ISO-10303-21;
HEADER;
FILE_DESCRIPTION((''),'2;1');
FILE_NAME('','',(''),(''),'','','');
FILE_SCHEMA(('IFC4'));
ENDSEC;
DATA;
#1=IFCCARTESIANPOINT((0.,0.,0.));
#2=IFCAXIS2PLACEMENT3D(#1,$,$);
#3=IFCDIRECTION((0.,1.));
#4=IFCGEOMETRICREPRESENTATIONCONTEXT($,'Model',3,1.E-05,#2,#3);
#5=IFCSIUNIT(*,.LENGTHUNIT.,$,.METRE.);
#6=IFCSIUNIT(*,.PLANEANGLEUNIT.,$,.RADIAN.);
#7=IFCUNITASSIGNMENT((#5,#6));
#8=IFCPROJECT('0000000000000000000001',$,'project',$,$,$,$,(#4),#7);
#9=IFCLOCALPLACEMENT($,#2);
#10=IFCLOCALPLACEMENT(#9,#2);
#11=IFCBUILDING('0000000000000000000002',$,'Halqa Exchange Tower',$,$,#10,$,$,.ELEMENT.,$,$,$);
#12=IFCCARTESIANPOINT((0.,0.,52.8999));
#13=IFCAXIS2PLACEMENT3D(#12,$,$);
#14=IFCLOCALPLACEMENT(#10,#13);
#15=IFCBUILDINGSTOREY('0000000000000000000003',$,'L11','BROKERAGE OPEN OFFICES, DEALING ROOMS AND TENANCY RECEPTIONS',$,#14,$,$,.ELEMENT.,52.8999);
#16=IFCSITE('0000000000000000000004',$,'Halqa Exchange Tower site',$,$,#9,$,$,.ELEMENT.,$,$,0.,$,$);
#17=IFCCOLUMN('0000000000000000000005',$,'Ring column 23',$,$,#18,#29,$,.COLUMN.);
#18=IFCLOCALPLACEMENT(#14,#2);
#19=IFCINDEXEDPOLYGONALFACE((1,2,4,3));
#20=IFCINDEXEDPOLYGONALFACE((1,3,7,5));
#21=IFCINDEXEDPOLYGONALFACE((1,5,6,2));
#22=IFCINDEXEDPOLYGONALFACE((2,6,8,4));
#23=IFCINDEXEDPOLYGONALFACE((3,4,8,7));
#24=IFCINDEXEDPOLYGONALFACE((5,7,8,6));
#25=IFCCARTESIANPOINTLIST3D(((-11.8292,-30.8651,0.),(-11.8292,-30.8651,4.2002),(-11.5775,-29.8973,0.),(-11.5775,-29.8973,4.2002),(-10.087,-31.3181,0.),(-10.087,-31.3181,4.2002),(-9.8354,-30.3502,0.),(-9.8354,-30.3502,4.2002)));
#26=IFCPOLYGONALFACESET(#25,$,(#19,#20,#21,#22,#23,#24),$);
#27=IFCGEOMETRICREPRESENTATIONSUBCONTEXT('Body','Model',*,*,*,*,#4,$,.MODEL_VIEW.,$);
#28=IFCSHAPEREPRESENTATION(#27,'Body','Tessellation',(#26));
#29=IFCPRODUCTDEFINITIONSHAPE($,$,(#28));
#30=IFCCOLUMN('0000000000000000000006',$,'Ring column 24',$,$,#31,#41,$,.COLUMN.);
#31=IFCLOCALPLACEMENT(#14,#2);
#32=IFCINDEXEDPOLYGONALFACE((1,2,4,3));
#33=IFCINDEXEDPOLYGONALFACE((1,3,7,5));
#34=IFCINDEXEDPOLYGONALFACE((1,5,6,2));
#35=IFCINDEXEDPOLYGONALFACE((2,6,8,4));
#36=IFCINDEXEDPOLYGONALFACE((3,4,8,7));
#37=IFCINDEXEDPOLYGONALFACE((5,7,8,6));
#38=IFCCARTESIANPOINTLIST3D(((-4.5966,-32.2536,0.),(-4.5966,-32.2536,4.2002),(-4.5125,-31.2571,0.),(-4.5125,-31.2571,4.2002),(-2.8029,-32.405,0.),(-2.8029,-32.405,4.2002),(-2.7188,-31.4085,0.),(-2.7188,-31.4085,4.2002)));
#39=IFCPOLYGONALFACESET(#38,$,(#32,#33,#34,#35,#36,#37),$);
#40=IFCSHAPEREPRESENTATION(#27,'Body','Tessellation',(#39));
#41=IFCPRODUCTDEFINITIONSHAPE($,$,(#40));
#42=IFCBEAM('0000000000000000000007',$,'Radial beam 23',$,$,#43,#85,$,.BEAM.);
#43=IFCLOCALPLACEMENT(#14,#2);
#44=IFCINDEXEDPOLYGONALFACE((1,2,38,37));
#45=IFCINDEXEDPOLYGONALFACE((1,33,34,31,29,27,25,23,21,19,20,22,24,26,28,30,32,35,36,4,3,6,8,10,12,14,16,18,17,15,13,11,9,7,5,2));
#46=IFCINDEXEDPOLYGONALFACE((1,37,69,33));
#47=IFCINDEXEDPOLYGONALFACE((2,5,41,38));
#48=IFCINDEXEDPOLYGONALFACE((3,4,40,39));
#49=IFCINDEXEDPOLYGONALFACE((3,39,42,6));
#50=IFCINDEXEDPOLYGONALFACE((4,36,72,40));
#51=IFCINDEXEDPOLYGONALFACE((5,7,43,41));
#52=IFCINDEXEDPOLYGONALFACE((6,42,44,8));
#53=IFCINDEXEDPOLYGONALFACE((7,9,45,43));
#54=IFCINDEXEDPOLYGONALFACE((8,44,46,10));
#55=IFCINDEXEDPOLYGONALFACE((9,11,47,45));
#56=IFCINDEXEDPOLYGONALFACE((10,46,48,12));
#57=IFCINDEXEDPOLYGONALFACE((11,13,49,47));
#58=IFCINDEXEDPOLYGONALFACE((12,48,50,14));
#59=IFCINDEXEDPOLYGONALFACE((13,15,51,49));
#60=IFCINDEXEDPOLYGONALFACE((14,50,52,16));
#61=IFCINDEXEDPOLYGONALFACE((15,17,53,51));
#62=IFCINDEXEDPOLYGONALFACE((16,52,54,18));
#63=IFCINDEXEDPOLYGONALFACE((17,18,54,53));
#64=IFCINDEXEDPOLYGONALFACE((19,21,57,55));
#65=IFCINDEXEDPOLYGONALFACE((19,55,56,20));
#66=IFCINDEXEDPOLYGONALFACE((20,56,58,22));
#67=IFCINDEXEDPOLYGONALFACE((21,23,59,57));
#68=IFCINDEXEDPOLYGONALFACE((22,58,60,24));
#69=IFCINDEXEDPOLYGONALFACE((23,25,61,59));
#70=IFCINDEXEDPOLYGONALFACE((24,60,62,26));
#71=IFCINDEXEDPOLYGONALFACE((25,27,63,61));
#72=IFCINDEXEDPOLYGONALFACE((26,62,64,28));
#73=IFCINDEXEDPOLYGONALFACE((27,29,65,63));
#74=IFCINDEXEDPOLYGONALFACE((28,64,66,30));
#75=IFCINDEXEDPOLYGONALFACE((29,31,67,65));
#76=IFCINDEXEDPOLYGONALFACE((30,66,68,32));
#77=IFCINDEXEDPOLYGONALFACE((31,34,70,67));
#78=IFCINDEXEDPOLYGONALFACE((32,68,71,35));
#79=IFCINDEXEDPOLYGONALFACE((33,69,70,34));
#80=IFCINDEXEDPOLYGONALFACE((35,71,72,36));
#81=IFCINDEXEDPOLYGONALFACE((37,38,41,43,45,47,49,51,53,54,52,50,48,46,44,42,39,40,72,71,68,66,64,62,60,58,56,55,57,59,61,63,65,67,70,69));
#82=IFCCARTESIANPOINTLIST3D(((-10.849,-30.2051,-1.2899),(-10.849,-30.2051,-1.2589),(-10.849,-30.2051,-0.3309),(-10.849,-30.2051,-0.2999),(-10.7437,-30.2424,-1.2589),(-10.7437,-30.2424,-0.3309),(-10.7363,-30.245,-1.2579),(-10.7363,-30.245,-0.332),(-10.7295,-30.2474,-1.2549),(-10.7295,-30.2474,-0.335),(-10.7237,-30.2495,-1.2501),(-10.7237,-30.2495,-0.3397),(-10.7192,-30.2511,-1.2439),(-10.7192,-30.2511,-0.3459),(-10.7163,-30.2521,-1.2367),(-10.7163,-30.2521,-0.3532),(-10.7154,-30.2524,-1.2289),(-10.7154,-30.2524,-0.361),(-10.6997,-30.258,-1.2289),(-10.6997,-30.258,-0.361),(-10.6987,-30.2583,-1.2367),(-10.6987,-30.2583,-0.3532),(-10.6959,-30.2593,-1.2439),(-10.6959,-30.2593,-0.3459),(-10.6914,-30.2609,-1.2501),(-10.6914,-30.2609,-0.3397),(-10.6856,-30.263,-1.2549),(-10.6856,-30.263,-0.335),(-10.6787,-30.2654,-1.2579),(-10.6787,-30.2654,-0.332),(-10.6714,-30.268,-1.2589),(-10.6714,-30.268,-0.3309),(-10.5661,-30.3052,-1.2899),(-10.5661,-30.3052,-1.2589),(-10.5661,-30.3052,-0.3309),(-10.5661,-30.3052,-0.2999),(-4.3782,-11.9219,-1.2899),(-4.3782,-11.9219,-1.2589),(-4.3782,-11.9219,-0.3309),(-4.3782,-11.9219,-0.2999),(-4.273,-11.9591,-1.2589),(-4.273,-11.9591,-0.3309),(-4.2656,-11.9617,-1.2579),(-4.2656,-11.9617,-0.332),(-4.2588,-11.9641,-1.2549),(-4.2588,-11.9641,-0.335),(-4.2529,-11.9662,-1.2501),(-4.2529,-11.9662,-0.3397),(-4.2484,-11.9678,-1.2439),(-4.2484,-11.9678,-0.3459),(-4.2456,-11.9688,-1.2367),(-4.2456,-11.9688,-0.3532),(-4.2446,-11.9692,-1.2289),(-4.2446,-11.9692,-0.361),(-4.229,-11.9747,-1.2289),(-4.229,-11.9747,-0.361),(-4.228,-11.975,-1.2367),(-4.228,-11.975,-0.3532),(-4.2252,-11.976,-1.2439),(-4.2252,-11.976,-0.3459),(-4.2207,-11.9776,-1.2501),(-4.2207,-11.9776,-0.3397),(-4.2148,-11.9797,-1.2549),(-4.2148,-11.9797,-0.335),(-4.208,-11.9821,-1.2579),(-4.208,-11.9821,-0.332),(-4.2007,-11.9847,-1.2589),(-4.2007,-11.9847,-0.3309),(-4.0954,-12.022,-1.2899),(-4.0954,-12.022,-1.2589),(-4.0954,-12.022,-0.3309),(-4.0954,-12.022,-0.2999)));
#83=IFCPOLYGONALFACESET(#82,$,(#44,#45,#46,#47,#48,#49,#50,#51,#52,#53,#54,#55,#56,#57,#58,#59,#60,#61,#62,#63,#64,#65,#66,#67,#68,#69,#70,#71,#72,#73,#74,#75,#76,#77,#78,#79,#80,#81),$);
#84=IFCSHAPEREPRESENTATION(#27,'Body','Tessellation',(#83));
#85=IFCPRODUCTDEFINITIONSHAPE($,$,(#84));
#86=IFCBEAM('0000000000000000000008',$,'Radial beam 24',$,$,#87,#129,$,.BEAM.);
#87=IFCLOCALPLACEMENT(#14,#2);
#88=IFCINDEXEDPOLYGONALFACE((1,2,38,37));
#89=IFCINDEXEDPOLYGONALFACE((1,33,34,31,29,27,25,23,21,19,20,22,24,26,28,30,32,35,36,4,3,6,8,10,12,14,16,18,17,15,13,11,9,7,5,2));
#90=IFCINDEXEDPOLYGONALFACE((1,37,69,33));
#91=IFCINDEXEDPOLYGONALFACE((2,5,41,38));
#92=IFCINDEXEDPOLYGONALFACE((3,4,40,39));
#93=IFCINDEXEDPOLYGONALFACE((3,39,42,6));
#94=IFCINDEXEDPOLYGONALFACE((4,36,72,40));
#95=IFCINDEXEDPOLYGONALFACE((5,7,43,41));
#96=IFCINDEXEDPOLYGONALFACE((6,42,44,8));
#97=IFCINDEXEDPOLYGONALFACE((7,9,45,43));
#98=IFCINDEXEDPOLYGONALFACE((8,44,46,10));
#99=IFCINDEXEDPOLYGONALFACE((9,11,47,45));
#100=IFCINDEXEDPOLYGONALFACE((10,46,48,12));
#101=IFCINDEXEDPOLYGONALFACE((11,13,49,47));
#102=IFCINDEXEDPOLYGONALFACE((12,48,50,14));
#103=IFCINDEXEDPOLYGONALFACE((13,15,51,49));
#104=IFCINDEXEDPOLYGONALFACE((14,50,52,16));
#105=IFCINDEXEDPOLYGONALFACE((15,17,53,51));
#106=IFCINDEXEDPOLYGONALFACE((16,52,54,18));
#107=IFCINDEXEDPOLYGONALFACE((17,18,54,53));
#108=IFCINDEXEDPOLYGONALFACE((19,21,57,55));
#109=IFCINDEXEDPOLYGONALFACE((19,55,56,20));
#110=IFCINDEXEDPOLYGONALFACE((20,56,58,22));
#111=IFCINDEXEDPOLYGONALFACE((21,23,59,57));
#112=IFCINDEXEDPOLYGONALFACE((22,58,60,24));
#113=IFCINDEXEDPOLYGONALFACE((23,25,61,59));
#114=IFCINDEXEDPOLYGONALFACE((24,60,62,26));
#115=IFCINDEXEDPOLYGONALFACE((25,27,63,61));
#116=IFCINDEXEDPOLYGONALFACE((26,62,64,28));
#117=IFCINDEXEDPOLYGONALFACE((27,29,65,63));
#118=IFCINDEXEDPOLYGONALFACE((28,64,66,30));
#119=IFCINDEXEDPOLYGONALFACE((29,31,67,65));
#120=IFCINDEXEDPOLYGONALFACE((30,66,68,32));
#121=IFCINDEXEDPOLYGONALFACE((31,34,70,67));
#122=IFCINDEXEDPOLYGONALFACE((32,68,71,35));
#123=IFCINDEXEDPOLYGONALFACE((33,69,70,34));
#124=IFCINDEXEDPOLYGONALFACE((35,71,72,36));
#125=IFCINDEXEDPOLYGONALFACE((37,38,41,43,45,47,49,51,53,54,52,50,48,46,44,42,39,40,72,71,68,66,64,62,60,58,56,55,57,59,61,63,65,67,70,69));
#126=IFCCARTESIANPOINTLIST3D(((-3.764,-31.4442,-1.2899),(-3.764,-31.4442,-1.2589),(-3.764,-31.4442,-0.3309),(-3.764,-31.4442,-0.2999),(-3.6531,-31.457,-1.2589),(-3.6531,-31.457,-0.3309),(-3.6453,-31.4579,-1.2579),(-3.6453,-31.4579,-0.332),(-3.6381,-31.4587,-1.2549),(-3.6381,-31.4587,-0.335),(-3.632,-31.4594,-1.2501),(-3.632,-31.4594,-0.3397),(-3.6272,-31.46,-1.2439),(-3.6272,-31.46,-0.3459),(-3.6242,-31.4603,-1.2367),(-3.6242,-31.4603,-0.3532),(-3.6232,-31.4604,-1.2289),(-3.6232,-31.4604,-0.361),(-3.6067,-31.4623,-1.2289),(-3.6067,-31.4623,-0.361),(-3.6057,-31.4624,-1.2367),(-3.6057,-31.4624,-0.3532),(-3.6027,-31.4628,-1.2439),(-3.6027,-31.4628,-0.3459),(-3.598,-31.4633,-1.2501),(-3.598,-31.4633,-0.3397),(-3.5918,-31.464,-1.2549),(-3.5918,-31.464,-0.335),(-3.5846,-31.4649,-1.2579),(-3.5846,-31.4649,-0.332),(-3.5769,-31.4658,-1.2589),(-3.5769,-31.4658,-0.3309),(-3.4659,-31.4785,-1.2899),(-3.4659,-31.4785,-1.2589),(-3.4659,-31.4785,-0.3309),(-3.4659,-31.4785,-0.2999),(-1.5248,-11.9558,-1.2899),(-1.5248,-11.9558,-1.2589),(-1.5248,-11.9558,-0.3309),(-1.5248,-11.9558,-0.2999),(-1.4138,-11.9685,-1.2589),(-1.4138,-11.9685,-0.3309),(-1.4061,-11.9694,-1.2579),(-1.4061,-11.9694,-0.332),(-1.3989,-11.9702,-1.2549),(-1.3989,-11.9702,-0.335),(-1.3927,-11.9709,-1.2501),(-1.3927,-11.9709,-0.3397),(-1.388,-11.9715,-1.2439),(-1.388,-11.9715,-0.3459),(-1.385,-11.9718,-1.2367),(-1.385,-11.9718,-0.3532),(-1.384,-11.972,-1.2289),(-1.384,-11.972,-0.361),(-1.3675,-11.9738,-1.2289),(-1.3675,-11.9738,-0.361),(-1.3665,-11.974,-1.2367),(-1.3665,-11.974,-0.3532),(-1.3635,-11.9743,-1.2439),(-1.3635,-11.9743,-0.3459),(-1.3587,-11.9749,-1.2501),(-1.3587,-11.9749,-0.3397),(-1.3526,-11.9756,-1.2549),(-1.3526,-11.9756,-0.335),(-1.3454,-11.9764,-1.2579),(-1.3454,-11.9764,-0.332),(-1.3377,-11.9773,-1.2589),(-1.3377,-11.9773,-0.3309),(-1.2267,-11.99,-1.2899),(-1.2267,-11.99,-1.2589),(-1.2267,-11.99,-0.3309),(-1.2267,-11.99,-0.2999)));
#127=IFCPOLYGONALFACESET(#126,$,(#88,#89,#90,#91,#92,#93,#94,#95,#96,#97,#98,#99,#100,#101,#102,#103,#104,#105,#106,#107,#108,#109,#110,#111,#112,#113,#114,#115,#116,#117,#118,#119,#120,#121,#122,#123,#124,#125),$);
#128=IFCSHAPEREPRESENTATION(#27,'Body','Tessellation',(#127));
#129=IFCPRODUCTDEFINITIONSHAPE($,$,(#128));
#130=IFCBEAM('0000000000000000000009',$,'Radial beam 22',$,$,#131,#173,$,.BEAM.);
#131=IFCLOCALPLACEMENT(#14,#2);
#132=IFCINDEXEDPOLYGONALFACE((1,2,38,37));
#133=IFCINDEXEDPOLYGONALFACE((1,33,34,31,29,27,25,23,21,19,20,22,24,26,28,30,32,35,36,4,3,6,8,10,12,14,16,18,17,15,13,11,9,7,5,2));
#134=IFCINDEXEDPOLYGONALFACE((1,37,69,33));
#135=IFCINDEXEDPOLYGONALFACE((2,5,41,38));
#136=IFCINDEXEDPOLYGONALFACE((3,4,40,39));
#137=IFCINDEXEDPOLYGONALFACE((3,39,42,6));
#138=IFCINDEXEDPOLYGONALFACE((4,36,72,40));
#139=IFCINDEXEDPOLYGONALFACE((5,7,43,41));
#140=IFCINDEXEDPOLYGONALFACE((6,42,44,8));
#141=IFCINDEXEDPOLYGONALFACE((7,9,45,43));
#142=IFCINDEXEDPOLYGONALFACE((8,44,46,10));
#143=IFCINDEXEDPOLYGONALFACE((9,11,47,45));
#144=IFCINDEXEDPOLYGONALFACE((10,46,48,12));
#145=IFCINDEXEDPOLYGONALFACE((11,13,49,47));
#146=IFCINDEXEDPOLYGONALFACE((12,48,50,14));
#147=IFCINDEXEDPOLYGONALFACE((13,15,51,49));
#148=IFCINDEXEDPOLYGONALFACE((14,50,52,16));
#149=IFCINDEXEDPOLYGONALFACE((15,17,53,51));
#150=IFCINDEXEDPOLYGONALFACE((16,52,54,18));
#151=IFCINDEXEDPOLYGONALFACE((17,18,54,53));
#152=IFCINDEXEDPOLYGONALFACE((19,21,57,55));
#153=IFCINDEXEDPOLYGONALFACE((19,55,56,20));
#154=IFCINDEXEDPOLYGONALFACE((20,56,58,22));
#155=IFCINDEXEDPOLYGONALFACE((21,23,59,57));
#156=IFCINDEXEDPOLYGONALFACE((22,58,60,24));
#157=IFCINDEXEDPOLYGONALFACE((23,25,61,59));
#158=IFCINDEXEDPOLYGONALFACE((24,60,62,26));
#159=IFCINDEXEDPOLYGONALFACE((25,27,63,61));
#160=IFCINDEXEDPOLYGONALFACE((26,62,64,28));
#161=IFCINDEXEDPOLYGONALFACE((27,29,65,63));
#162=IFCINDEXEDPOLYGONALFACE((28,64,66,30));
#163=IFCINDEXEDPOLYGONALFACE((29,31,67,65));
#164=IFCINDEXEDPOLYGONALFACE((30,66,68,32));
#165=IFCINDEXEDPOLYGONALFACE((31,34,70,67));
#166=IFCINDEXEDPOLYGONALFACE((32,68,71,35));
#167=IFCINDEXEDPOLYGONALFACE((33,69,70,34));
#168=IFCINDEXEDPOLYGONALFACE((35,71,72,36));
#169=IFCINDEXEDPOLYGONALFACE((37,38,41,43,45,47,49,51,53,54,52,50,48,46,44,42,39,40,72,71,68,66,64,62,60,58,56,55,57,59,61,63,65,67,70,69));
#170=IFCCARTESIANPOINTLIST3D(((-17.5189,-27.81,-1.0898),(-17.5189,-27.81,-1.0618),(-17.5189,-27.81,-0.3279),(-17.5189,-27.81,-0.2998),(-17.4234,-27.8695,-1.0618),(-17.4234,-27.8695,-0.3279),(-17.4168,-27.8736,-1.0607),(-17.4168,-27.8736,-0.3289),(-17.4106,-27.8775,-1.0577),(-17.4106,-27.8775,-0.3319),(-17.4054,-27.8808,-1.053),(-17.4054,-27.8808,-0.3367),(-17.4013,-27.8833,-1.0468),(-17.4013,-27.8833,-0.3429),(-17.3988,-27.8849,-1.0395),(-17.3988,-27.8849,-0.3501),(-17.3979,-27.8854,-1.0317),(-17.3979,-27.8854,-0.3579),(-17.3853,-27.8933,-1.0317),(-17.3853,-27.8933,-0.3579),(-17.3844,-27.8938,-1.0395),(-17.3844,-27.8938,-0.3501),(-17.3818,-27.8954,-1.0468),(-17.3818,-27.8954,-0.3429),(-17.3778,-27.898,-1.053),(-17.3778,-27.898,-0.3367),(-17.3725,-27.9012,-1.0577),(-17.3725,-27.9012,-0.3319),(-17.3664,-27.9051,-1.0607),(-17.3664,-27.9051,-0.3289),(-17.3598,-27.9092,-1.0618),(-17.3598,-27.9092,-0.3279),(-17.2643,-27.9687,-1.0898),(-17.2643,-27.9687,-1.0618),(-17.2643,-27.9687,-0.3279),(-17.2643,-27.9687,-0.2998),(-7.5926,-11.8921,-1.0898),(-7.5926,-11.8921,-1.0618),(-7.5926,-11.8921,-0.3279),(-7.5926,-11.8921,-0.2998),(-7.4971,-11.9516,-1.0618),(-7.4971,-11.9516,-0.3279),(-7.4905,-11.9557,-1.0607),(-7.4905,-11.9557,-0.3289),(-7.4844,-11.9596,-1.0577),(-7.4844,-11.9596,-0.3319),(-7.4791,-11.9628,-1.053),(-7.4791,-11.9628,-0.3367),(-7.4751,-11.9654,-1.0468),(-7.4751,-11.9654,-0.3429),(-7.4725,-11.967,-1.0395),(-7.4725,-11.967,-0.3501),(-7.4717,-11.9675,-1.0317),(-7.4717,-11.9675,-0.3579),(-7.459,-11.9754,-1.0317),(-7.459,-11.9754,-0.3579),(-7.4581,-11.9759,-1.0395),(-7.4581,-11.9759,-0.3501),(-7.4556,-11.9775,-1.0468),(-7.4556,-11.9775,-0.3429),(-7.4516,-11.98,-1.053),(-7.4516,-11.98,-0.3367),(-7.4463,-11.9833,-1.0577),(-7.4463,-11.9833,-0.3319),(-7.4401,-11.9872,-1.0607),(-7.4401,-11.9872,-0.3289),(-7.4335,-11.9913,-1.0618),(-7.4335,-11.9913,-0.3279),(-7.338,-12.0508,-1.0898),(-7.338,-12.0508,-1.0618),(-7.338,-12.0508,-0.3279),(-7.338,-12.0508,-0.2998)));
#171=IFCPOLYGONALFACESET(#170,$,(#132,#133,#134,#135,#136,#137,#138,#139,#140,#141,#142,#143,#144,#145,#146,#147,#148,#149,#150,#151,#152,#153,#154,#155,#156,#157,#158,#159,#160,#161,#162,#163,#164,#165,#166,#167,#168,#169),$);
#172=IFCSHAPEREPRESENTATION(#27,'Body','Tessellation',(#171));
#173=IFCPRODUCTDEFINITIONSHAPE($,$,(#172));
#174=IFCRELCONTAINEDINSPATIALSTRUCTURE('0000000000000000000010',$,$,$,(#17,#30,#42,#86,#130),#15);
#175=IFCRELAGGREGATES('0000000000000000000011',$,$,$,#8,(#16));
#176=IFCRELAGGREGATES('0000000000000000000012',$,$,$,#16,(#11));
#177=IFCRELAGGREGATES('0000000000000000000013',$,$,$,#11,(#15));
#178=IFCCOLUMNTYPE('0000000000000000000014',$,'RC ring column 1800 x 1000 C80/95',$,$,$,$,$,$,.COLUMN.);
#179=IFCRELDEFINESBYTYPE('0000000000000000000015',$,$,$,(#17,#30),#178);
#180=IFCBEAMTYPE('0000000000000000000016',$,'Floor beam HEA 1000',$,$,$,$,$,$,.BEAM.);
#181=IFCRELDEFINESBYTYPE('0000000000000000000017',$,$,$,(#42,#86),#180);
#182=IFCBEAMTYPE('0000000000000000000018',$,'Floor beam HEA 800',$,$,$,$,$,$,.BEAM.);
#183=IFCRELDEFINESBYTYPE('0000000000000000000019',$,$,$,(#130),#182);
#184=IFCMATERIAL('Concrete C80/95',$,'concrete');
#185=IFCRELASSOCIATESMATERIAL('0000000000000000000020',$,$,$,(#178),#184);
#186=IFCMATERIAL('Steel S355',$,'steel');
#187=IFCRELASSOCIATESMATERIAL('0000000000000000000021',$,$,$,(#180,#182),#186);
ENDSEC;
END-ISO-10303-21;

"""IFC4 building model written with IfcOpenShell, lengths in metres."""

from ifc_helpers import new_model, si_unit, direction, frame, origin, origin_2d, place, context, subcontext, project, spatial, rectangle, i_section, extrude, material, material_profile, profile_set, type_object, element, save


model = new_model("IFC4")

# Units and contexts
model_context = context("Model", 3, precision=1e-05, world=origin(), true_north=direction((0.0, 1.0)))
body_context = subcontext(model_context, "Body", "Model", "MODEL_VIEW")
ifc_project = project(units=[si_unit("LENGTHUNIT", "METRE"), si_unit("PLANEANGLEUNIT", "RADIAN")], contexts=[model_context])

# Site, building, storey
site_placement = place(None, origin())
site = spatial("IfcSite", under=ifc_project, at=site_placement, Name="Halqa Exchange Tower site", CompositionType="ELEMENT", RefElevation=0.0)
building_placement = place(site_placement, origin())
building = spatial("IfcBuilding", under=site, at=building_placement, Name="Halqa Exchange Tower", CompositionType="ELEMENT")
storey_placement = place(building_placement, frame((0.0, 0.0, 52.8999)))
storey = spatial("IfcBuildingStorey", under=building, at=storey_placement, Name="L11", Description="BROKERAGE OPEN OFFICES, DEALING ROOMS AND TENANCY RECEPTIONS", CompositionType="ELEMENT", Elevation=52.8999)

# Columns
ifc_material_1 = material(Name="Concrete C80/95", Category="concrete")
ifc_material_profile_1 = material_profile(ifc_material_1, rectangle(XDim=1.8, YDim=1.0, at=origin_2d()), Name="1800 x 1000")
ifc_profile_set_1 = profile_set([ifc_material_profile_1], Name="Concrete C80/95")
column_type = type_object("IfcColumnType", Name="RC ring column 1800 x 1000 C80/95", PredefinedType="COLUMN", material=ifc_profile_set_1)
for number, where, z_axis, x_axis, name in (
    (1, (-10.8323, -30.6077, 0.0), (0.0, 0.0, 1.0), (0.96782, -0.251644, 0.0), "Ring column 23"),
    (2, (-3.6577, -31.8311, 0.0), (0.0, 0.0, 1.0), (0.996455, -0.084125, 0.0), "Ring column 24"),
):
    element("IfcColumn", number, at=place(storey_placement, frame(where, z_axis=z_axis, x_axis=x_axis)), inside=storey, type_object=column_type, Name=name, PredefinedType="COLUMN", context=body_context, shape_type="SweptSolid", body=[
        extrude(rectangle(XDim=1.8, YDim=1.0, at=origin_2d()), origin(), (0.0, 0.0, 1.0), 4.2002),
    ])

# Beams
ifc_material_2 = material(Name="Steel S355", Category="steel")
ifc_material_profile_2 = material_profile(ifc_material_2, i_section(OverallWidth=0.3, OverallDepth=0.99, WebThickness=0.0166, FlangeThickness=0.031, FilletRadius=0.03, at=origin_2d()), Name="HEA 1000")
ifc_profile_set_2 = profile_set([ifc_material_profile_2], Name="Steel S355")
beam_type_1 = type_object("IfcBeamType", Name="Floor beam HEA 1000", PredefinedType="BEAM", material=ifc_profile_set_2)
beam_1_placement = place(storey_placement, frame((-4.2368, -11.9719, -0.7949), z_axis=(-0.333636, -0.942702, 0.0), x_axis=(0.942702, -0.333636, 0.0)))
element("IfcBeam", 3, at=beam_1_placement, inside=storey, type_object=beam_type_1, Name="Radial beam 23", PredefinedType="BEAM", context=body_context, shape_type="SweptSolid", body=[
    extrude(i_section(OverallWidth=0.3, OverallDepth=0.99, WebThickness=0.0166, FlangeThickness=0.031, FilletRadius=0.03, at=origin_2d()), origin(), (0.0, 0.0, 1.0), 19.3945),
])
beam_2_placement = place(storey_placement, frame((-1.3757, -11.9729, -0.7949), z_axis=(-0.11415, -0.993463, 0.0), x_axis=(0.993463, -0.11415, 0.0)))
element("IfcBeam", 4, at=beam_2_placement, inside=storey, type_object=beam_type_1, Name="Radial beam 24", PredefinedType="BEAM", context=body_context, shape_type="SweptSolid", body=[
    extrude(i_section(OverallWidth=0.3, OverallDepth=0.99, WebThickness=0.0166, FlangeThickness=0.031, FilletRadius=0.03, at=origin_2d()), origin(), (0.0, 0.0, 1.0), 19.6167),
])
ifc_material_profile_3 = material_profile(ifc_material_2, i_section(OverallWidth=0.3, OverallDepth=0.79, WebThickness=0.0149, FlangeThickness=0.0281, FilletRadius=0.03, at=origin_2d()), Name="HEA 800")
ifc_profile_set_3 = profile_set([ifc_material_profile_3], Name="Steel S355")
beam_type_2 = type_object("IfcBeamType", Name="Floor beam HEA 800", PredefinedType="BEAM", material=ifc_profile_set_3)
beam_3_placement = place(storey_placement, frame((-7.4653, -11.9714, -0.6948), z_axis=(-0.529138, -0.848536, 0.0), x_axis=(0.848536, -0.529138, 0.0)))
element("IfcBeam", 5, at=beam_3_placement, inside=storey, type_object=beam_type_2, Name="Radial beam 22", PredefinedType="BEAM", context=body_context, shape_type="SweptSolid", body=[
    extrude(i_section(OverallWidth=0.3, OverallDepth=0.79, WebThickness=0.0149, FlangeThickness=0.0281, FilletRadius=0.03, at=origin_2d()), origin(), (0.0, 0.0, 1.0), 18.7593),
])

save(model, "model.ifc")
